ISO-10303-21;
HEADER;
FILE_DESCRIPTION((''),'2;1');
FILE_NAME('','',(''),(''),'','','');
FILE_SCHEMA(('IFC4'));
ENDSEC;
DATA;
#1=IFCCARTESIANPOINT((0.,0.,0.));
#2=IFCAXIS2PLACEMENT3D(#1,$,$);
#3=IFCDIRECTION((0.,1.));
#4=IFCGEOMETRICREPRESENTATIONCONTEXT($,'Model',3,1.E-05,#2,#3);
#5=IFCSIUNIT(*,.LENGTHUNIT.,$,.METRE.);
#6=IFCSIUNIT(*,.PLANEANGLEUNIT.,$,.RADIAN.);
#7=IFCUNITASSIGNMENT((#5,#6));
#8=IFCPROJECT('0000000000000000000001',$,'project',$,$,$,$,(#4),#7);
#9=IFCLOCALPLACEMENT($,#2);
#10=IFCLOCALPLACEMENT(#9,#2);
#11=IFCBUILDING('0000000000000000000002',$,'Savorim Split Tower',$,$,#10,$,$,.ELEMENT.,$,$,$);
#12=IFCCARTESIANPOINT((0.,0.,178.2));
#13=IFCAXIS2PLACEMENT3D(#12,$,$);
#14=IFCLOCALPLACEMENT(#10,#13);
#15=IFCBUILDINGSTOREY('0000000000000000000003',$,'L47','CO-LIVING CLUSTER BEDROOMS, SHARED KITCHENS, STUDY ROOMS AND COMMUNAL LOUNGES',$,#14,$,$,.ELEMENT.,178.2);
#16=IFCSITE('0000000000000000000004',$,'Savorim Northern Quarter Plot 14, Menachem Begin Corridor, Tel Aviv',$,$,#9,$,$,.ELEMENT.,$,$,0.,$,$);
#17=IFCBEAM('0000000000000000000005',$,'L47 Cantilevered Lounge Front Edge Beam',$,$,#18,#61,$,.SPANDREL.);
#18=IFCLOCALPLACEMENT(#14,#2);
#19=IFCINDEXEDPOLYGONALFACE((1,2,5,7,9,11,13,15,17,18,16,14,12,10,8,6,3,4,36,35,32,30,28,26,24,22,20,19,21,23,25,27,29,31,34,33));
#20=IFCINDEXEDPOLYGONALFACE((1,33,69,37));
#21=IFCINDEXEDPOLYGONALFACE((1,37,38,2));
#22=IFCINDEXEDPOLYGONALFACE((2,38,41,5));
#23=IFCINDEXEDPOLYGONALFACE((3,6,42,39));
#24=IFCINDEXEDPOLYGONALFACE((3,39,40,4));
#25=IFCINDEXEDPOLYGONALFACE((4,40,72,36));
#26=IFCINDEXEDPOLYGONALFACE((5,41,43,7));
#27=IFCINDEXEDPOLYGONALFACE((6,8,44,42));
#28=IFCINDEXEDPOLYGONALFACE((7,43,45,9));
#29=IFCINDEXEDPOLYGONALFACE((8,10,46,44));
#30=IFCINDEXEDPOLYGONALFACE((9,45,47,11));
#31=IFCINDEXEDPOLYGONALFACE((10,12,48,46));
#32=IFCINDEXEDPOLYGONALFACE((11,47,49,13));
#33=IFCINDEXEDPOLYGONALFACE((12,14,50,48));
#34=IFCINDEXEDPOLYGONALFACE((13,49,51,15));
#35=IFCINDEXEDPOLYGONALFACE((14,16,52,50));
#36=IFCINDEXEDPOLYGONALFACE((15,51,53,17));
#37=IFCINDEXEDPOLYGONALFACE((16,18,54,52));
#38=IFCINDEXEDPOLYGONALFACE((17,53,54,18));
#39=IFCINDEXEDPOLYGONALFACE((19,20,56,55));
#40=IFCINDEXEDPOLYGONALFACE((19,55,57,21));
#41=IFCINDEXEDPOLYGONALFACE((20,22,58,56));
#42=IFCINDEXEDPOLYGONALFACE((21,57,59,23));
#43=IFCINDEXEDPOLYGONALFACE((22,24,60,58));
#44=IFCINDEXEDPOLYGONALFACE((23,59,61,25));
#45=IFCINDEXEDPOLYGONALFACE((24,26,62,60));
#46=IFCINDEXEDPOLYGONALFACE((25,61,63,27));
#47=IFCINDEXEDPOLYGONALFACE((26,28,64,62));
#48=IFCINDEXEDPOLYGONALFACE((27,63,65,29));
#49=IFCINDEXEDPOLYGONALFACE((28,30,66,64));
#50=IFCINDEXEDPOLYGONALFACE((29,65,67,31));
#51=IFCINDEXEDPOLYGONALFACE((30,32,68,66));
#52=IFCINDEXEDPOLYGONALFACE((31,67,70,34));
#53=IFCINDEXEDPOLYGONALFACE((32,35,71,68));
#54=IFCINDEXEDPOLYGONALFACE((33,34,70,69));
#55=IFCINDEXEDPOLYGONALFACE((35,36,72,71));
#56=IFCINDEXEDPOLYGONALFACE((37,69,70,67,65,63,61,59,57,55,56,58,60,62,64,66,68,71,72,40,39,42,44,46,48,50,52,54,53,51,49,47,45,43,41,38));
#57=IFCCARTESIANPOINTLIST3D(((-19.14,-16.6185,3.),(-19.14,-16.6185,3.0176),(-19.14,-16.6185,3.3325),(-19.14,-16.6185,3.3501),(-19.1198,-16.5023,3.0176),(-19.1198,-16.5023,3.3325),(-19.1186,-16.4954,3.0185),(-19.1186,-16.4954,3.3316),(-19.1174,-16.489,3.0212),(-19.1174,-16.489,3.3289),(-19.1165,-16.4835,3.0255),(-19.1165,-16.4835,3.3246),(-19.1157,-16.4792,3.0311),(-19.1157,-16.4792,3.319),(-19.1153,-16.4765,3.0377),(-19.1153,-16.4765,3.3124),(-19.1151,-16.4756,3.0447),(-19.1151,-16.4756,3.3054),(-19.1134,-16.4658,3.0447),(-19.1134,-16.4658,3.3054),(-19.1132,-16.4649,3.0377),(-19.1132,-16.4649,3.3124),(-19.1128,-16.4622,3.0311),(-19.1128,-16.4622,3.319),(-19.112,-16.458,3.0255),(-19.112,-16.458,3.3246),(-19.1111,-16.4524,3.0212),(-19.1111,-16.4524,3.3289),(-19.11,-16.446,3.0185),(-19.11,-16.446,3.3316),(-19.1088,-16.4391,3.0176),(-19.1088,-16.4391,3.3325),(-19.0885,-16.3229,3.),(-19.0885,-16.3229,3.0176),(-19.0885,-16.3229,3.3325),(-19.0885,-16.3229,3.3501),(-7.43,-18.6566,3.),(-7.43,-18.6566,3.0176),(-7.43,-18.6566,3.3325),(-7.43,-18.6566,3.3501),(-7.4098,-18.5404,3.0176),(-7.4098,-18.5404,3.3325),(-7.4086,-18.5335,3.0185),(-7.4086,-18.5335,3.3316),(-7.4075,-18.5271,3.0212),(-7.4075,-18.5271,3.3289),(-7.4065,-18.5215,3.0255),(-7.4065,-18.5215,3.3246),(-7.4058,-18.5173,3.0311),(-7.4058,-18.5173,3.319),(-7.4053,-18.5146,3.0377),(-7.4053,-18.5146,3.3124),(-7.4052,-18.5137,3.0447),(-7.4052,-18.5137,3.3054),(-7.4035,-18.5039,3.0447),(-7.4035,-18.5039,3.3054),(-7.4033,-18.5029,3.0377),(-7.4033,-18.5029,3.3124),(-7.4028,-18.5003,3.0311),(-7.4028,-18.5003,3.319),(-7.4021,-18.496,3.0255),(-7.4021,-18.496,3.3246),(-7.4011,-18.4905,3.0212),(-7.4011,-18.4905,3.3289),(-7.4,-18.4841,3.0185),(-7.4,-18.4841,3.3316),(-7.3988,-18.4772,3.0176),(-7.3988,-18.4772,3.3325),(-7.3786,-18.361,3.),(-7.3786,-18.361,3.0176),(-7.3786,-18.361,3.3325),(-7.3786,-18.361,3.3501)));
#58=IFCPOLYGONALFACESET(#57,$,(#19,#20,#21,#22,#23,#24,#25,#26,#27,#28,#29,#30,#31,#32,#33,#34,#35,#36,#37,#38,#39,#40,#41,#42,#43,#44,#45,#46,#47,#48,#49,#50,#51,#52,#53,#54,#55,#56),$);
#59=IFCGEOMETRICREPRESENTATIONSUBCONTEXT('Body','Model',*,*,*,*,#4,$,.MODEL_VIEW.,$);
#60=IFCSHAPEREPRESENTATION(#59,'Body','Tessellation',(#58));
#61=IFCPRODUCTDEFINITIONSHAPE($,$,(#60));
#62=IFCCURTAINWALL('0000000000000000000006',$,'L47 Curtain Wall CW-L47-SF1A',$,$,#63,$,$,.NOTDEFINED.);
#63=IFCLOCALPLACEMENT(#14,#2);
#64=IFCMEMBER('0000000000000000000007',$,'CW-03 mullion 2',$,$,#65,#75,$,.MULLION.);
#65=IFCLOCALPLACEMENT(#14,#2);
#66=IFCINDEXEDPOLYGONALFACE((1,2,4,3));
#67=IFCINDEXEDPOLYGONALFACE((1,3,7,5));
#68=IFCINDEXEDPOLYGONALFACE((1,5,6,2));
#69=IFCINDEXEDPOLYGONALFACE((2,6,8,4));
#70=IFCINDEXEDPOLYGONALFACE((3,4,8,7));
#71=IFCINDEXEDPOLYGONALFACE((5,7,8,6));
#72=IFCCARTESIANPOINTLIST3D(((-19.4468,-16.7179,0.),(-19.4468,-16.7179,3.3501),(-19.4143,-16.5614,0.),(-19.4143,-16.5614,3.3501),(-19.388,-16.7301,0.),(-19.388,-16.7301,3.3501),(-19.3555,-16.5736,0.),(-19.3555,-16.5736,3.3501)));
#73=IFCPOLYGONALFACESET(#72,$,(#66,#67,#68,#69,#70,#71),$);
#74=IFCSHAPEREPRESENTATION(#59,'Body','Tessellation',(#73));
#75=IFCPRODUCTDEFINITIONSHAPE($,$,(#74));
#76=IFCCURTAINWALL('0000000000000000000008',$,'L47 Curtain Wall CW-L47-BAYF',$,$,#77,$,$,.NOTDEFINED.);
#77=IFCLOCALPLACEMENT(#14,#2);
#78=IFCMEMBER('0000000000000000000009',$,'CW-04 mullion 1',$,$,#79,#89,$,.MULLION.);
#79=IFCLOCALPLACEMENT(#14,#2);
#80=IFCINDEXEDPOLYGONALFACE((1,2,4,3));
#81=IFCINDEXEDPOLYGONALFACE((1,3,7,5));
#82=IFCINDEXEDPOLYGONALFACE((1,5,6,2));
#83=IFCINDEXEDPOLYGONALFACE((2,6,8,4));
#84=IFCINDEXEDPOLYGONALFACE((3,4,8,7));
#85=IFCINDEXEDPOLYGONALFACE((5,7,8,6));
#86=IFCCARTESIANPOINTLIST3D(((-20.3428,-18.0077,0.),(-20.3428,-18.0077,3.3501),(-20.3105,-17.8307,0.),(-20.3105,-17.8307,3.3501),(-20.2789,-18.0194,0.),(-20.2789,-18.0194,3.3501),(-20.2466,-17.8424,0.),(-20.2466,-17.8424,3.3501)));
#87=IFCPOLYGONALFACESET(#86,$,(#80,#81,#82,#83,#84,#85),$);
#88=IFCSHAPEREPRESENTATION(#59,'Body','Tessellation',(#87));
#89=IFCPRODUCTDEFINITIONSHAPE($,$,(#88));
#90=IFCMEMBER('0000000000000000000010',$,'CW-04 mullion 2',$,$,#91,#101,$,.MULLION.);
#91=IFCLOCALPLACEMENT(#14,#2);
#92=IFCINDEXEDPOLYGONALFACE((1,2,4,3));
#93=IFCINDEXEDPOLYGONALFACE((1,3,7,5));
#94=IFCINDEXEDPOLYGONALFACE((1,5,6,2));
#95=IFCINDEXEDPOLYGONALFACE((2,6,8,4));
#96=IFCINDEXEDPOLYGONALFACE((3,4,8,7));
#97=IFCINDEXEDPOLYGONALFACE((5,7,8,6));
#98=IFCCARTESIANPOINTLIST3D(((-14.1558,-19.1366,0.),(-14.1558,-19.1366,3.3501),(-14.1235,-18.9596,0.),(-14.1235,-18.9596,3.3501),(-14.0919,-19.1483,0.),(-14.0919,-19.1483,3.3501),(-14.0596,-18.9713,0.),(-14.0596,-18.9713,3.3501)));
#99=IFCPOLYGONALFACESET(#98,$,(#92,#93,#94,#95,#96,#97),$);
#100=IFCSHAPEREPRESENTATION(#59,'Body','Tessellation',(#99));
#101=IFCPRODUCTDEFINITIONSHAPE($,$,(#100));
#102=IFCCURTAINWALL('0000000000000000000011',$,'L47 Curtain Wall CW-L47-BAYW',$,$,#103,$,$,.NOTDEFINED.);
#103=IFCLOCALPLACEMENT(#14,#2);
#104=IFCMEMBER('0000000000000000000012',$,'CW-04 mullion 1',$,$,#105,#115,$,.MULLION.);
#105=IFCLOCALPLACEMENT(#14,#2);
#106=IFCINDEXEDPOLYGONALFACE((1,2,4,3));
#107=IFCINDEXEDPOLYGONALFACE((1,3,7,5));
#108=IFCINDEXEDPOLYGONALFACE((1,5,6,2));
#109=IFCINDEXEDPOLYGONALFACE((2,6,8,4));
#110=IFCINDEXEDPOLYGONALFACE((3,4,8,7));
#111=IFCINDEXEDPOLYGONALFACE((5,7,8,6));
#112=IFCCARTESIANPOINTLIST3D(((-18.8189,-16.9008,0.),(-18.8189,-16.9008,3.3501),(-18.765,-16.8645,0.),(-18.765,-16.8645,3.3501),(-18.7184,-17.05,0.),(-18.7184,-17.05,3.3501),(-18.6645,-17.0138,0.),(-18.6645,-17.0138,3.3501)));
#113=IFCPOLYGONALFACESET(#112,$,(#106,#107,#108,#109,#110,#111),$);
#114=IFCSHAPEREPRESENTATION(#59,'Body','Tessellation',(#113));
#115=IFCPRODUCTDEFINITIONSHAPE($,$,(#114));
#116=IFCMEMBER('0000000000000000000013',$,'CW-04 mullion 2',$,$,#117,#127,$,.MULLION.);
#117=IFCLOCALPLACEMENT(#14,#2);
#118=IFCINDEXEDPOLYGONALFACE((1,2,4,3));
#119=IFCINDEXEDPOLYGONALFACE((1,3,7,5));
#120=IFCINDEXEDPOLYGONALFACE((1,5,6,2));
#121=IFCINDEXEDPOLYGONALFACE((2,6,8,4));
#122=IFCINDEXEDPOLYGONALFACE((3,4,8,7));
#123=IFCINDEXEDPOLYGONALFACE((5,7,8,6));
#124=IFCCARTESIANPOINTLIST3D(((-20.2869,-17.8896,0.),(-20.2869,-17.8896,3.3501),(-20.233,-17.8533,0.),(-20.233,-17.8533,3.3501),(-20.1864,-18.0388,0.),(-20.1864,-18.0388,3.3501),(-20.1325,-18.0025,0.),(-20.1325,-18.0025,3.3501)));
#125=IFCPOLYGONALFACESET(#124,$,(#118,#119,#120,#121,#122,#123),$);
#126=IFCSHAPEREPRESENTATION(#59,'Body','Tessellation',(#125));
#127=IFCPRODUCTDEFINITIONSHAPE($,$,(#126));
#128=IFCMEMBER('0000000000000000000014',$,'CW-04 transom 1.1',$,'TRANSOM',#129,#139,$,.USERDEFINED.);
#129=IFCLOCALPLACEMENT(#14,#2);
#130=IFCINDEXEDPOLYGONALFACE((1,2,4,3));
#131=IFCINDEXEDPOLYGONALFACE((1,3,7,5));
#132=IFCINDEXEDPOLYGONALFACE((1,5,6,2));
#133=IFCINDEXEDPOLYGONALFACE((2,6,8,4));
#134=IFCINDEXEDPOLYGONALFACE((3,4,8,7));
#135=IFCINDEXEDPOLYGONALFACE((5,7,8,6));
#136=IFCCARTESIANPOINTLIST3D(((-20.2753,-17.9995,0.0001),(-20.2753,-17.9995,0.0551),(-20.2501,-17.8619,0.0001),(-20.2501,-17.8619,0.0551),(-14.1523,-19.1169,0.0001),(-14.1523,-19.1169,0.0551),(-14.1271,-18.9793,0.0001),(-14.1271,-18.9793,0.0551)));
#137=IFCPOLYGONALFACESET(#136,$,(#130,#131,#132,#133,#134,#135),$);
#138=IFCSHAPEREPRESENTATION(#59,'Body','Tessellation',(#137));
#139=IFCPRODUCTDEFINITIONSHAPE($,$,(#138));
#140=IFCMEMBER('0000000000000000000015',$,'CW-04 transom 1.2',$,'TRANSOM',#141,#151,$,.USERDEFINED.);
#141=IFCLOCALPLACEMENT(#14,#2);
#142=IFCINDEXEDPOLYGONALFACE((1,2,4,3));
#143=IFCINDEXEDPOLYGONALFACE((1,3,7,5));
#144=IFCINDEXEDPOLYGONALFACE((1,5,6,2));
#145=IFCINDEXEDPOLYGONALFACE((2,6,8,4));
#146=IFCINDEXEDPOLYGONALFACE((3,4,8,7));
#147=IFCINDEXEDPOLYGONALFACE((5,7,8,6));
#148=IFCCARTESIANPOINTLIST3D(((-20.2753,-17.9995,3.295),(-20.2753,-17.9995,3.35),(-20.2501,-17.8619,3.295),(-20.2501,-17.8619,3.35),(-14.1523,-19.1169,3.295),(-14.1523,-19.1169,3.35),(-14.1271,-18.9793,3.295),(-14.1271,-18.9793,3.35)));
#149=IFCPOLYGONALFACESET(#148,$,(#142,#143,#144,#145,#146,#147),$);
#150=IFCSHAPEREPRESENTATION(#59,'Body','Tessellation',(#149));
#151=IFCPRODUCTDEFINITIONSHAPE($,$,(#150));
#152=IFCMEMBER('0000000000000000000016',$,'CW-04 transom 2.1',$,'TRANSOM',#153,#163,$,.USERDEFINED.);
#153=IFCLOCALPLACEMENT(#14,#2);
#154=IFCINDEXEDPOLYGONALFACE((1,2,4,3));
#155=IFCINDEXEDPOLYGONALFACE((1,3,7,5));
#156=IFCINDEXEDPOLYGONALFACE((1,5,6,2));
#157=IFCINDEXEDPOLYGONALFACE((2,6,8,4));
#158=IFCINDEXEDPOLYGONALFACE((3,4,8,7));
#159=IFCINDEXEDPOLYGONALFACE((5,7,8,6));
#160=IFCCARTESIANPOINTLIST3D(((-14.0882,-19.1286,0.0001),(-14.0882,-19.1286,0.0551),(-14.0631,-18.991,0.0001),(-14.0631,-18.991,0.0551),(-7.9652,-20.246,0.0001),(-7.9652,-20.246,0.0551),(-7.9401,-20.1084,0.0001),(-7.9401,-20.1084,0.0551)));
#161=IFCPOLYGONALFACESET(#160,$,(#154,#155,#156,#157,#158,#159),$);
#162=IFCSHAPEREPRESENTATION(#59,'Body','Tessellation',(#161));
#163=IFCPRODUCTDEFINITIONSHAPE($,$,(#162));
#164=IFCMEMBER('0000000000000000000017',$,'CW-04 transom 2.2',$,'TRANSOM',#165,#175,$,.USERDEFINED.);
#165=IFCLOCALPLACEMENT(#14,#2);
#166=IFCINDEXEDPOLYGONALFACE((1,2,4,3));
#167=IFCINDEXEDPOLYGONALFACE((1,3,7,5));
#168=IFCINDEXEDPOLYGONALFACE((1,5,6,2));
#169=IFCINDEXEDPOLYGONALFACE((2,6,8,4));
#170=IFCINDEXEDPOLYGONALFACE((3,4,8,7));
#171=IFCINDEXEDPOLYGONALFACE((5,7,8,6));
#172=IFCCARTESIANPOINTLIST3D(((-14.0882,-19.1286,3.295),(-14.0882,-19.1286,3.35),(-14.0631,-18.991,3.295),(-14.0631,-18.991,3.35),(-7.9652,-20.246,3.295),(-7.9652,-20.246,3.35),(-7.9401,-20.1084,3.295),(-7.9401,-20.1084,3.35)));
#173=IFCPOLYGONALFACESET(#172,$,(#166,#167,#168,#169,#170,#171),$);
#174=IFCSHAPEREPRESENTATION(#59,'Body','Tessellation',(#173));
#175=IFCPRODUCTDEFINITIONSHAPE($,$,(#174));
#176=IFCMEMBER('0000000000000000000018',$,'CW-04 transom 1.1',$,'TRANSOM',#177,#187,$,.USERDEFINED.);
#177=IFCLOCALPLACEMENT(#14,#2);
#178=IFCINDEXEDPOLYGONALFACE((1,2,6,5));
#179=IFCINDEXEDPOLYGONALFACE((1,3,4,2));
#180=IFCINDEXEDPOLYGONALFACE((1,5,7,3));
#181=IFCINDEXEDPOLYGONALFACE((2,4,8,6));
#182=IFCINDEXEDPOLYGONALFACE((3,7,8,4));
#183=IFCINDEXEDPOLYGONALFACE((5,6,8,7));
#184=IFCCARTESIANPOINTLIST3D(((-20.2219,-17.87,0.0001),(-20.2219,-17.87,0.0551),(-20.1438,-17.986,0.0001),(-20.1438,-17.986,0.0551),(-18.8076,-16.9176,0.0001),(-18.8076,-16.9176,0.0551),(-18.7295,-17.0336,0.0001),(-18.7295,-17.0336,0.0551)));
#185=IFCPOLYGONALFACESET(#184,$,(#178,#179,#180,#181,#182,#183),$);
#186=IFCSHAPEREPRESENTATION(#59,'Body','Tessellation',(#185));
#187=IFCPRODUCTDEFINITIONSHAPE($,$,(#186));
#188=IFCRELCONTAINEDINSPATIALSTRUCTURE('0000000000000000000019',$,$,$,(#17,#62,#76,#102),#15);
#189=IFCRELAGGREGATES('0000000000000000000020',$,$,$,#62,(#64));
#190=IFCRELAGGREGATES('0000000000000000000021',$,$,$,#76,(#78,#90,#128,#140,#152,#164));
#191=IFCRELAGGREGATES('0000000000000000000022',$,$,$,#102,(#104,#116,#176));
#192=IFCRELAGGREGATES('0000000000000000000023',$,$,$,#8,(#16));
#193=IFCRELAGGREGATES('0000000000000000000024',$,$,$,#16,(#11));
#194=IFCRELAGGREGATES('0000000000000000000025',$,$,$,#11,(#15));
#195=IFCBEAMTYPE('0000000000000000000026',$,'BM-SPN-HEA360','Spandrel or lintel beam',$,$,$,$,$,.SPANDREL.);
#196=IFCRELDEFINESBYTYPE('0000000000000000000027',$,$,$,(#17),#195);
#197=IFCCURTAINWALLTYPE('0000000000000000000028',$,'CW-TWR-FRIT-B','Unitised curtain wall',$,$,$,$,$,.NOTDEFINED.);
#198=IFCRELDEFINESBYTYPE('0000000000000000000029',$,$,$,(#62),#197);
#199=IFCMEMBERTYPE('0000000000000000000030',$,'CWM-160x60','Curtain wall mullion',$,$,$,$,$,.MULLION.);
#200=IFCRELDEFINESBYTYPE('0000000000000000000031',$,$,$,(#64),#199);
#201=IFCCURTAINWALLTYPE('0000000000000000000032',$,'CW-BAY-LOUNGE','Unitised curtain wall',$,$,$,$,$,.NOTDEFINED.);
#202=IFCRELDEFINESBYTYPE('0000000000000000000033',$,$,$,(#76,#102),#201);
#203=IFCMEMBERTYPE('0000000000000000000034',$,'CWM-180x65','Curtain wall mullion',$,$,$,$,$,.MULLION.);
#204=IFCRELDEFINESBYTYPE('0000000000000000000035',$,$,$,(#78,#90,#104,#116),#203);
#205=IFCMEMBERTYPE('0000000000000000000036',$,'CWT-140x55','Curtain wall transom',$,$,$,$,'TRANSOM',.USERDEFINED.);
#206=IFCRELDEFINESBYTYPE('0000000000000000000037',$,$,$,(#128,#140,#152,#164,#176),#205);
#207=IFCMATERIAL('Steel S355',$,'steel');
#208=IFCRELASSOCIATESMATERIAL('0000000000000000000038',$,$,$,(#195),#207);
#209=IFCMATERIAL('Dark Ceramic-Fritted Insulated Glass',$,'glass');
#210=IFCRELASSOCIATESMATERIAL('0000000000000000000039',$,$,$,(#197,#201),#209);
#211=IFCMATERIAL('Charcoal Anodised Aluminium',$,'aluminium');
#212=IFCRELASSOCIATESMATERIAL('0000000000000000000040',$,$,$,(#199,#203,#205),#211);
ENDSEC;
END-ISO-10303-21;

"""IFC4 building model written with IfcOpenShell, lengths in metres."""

from ifc_helpers import new_model, si_unit, direction, frame, origin, origin_2d, place, context, subcontext, project, spatial, rectangle, i_section, extrude, material, material_profile, profile_set, type_object, element, aggregate, save


model = new_model("IFC4")

# Units and contexts
model_context = context("Model", 3, precision=1e-05, world=origin(), true_north=direction((0.0, 1.0)))
body_context = subcontext(model_context, "Body", "Model", "MODEL_VIEW")
ifc_project = project(units=[si_unit("LENGTHUNIT", "METRE"), si_unit("PLANEANGLEUNIT", "RADIAN")], contexts=[model_context])

# Site, building, storey
site_placement = place(None, origin())
site = spatial("IfcSite", under=ifc_project, at=site_placement, Name="Savorim Northern Quarter Plot 14, Menachem Begin Corridor, Tel Aviv", CompositionType="ELEMENT", RefElevation=0.0)
building_placement = place(site_placement, origin())
building = spatial("IfcBuilding", under=site, at=building_placement, Name="Savorim Split Tower", CompositionType="ELEMENT")
storey_placement = place(building_placement, frame((0.0, 0.0, 178.2)))
storey = spatial("IfcBuildingStorey", under=building, at=storey_placement, Name="L47", Description="CO-LIVING CLUSTER BEDROOMS, SHARED KITCHENS, STUDY ROOMS AND COMMUNAL LOUNGES", CompositionType="ELEMENT", Elevation=178.2)

# Beam
ifc_material_1 = material(Name="Steel S355", Category="steel")
ifc_material_profile_1 = material_profile(ifc_material_1, i_section(OverallWidth=0.3, OverallDepth=0.3501, WebThickness=0.01, FlangeThickness=0.0176, FilletRadius=0.0271, at=origin_2d()), Name="HEA 360")
ifc_profile_set_1 = profile_set([ifc_material_profile_1], Name="Steel S355")
beam_type = type_object("IfcBeamType", Name="BM-SPN-HEA360", Description="Spandrel or lintel beam", PredefinedType="SPANDREL", material=ifc_profile_set_1)
beam_placement = place(storey_placement, frame((-19.1143, -16.4707, 3.175), z_axis=(0.985189, -0.171469, 0.0), x_axis=(0.171469, 0.985189, 0.0)))
element("IfcBeam", 1, at=beam_placement, inside=storey, type_object=beam_type, Name="L47 Cantilevered Lounge Front Edge Beam", PredefinedType="SPANDREL", context=body_context, shape_type="SweptSolid", body=[
    extrude(i_section(OverallWidth=0.3, OverallDepth=0.3501, WebThickness=0.01, FlangeThickness=0.0176, FilletRadius=0.0271, at=origin_2d()), origin(), (0.0, 0.0, 1.0), 11.886),
])

# Curtain wall, member
ifc_material_2 = material(Name="Dark Ceramic-Fritted Insulated Glass", Category="glass")
curtain_wall_type_1 = type_object("IfcCurtainWallType", Name="CW-TWR-FRIT-B", Description="Unitised curtain wall", PredefinedType="NOTDEFINED", material=ifc_material_2)
curtain_wall_1_placement = place(storey_placement, origin())
curtain_wall_1 = element("IfcCurtainWall", 2, at=curtain_wall_1_placement, inside=storey, type_object=curtain_wall_type_1, Name="L47 Curtain Wall CW-L47-SF1A", PredefinedType="NOTDEFINED")
ifc_material_3 = material(Name="Charcoal Anodised Aluminium", Category="aluminium")
ifc_material_profile_2 = material_profile(ifc_material_3, rectangle(XDim=0.1599, YDim=0.0601, at=origin_2d()), Name="ALU-M 160x60")
ifc_profile_set_2 = profile_set([ifc_material_profile_2], Name="Charcoal Anodised Aluminium")
member_type_1 = type_object("IfcMemberType", Name="CWM-160x60", Description="Curtain wall mullion", PredefinedType="MULLION", material=ifc_profile_set_2)
member_1_placement = place(storey_placement, frame((-19.4011, -16.6458, 0.0), z_axis=(0.0, 0.0, 1.0), x_axis=(0.203221, 0.979133, 0.0)))
member_1 = element("IfcMember", 3, at=member_1_placement, type_object=member_type_1, Name="CW-03 mullion 2", PredefinedType="MULLION", context=body_context, shape_type="SweptSolid", body=[
    extrude(rectangle(XDim=0.1599, YDim=0.0601, at=origin_2d()), origin(), (0.0, 0.0, 1.0), 3.3501),
])

# Curtain walls, members
curtain_wall_type_2 = type_object("IfcCurtainWallType", Name="CW-BAY-LOUNGE", Description="Unitised curtain wall", PredefinedType="NOTDEFINED", material=ifc_material_2)
curtain_wall_2_placement = place(storey_placement, origin())
curtain_wall_2 = element("IfcCurtainWall", 4, at=curtain_wall_2_placement, inside=storey, type_object=curtain_wall_type_2, Name="L47 Curtain Wall CW-L47-BAYF", PredefinedType="NOTDEFINED")
ifc_material_profile_3 = material_profile(ifc_material_3, rectangle(XDim=0.1799, YDim=0.0649, at=origin_2d()), Name="ALU-M 180x65")
ifc_profile_set_3 = profile_set([ifc_material_profile_3], Name="Charcoal Anodised Aluminium")
member_type_2 = type_object("IfcMemberType", Name="CWM-180x65", Description="Curtain wall mullion", PredefinedType="MULLION", material=ifc_profile_set_3)
member_2_placement = place(storey_placement, frame((-20.2947, -17.925, 0.0), z_axis=(0.0, 0.0, 1.0), x_axis=(0.179518, 0.983755, 0.0)))
member_2 = element("IfcMember", 5, at=member_2_placement, type_object=member_type_2, Name="CW-04 mullion 1", PredefinedType="MULLION", context=body_context, shape_type="SweptSolid", body=[
    extrude(rectangle(XDim=0.1799, YDim=0.0649, at=origin_2d()), origin(), (0.0, 0.0, 1.0), 3.3501),
])
member_3_placement = place(storey_placement, frame((-14.1077, -19.054, 0.0), z_axis=(0.0, 0.0, 1.0), x_axis=(0.179518, 0.983755, 0.0)))
member_3 = element("IfcMember", 6, at=member_3_placement, type_object=member_type_2, Name="CW-04 mullion 2", PredefinedType="MULLION", context=body_context, shape_type="SweptSolid", body=[
    extrude(rectangle(XDim=0.1799, YDim=0.0649, at=origin_2d()), origin(), (0.0, 0.0, 1.0), 3.3501),
])
curtain_wall_3_placement = place(storey_placement, origin())
curtain_wall_3 = element("IfcCurtainWall", 7, at=curtain_wall_3_placement, inside=storey, type_object=curtain_wall_type_2, Name="L47 Curtain Wall CW-L47-BAYW", PredefinedType="NOTDEFINED")
member_4_placement = place(storey_placement, frame((-18.7417, -16.9573, 0.0), z_axis=(0.0, 0.0, 1.0), x_axis=(0.55863, -0.829417, 0.0)))
member_4 = element("IfcMember", 8, at=member_4_placement, type_object=member_type_2, Name="CW-04 mullion 1", PredefinedType="MULLION", context=body_context, shape_type="SweptSolid", body=[
    extrude(rectangle(XDim=0.1799, YDim=0.0649, at=origin_2d()), origin(), (0.0, 0.0, 1.0), 3.3501),
])
member_5_placement = place(storey_placement, frame((-20.2097, -17.946, 0.0), z_axis=(0.0, 0.0, 1.0), x_axis=(0.55863, -0.829417, 0.0)))
member_5 = element("IfcMember", 9, at=member_5_placement, type_object=member_type_2, Name="CW-04 mullion 2", PredefinedType="MULLION", context=body_context, shape_type="SweptSolid", body=[
    extrude(rectangle(XDim=0.1799, YDim=0.0649, at=origin_2d()), origin(), (0.0, 0.0, 1.0), 3.3501),
])

# Members
ifc_material_profile_4 = material_profile(ifc_material_3, rectangle(XDim=0.1399, YDim=0.0549, at=origin_2d()), Name="ALU-T 140x55")
ifc_profile_set_4 = profile_set([ifc_material_profile_4], Name="Charcoal Anodised Aluminium")
member_type_3 = type_object("IfcMemberType", Name="CWT-140x55", Description="Curtain wall transom", ElementType="TRANSOM", PredefinedType="USERDEFINED", material=ifc_profile_set_4)
member_6_placement = place(storey_placement, frame((-20.2627, -17.9307, 0.0276), z_axis=(0.983752, -0.179531, 0.0), x_axis=(0.179531, 0.983752, 0.0)))
member_6 = element("IfcMember", 10, at=member_6_placement, type_object=member_type_3, Name="CW-04 transom 1.1", ObjectType="TRANSOM", PredefinedType="USERDEFINED", context=body_context, shape_type="SweptSolid", body=[
    extrude(rectangle(XDim=0.1399, YDim=0.0549, at=origin_2d()), origin(), (0.0, 0.0, 1.0), 6.2241),
])
member_7_placement = place(storey_placement, frame((-20.2627, -17.9307, 3.3225), z_axis=(0.983752, -0.179531, 0.0), x_axis=(0.179531, 0.983752, 0.0)))
member_7 = element("IfcMember", 11, at=member_7_placement, type_object=member_type_3, Name="CW-04 transom 1.2", ObjectType="TRANSOM", PredefinedType="USERDEFINED", context=body_context, shape_type="SweptSolid", body=[
    extrude(rectangle(XDim=0.1399, YDim=0.0549, at=origin_2d()), origin(), (0.0, 0.0, 1.0), 6.2241),
])
member_8_placement = place(storey_placement, frame((-14.0757, -19.0598, 0.0276), z_axis=(0.983752, -0.179531, 0.0), x_axis=(0.179531, 0.983752, 0.0)))
member_8 = element("IfcMember", 12, at=member_8_placement, type_object=member_type_3, Name="CW-04 transom 2.1", ObjectType="TRANSOM", PredefinedType="USERDEFINED", context=body_context, shape_type="SweptSolid", body=[
    extrude(rectangle(XDim=0.1399, YDim=0.0549, at=origin_2d()), origin(), (0.0, 0.0, 1.0), 6.2241),
])
member_9_placement = place(storey_placement, frame((-14.0757, -19.0598, 3.3225), z_axis=(0.983752, -0.179531, 0.0), x_axis=(0.179531, 0.983752, 0.0)))
member_9 = element("IfcMember", 13, at=member_9_placement, type_object=member_type_3, Name="CW-04 transom 2.2", ObjectType="TRANSOM", PredefinedType="USERDEFINED", context=body_context, shape_type="SweptSolid", body=[
    extrude(rectangle(XDim=0.1399, YDim=0.0549, at=origin_2d()), origin(), (0.0, 0.0, 1.0), 6.2241),
])
member_10_placement = place(storey_placement, frame((-18.7686, -16.9756, 0.0276), z_axis=(-0.829464, -0.55856, 0.0), x_axis=(0.55856, -0.829464, 0.0)))
member_10 = element("IfcMember", 14, at=member_10_placement, type_object=member_type_3, Name="CW-04 transom 1.1", ObjectType="TRANSOM", PredefinedType="USERDEFINED", context=body_context, shape_type="SweptSolid", body=[
    extrude(rectangle(XDim=0.1399, YDim=0.0549, at=origin_2d()), origin(), (0.0, 0.0, 1.0), 1.7051),
])

aggregate(curtain_wall_1, [member_1])
aggregate(curtain_wall_2, [member_2, member_3, member_6, member_7, member_8, member_9])
aggregate(curtain_wall_3, [member_4, member_5, member_10])

save(model, "model.ifc")
